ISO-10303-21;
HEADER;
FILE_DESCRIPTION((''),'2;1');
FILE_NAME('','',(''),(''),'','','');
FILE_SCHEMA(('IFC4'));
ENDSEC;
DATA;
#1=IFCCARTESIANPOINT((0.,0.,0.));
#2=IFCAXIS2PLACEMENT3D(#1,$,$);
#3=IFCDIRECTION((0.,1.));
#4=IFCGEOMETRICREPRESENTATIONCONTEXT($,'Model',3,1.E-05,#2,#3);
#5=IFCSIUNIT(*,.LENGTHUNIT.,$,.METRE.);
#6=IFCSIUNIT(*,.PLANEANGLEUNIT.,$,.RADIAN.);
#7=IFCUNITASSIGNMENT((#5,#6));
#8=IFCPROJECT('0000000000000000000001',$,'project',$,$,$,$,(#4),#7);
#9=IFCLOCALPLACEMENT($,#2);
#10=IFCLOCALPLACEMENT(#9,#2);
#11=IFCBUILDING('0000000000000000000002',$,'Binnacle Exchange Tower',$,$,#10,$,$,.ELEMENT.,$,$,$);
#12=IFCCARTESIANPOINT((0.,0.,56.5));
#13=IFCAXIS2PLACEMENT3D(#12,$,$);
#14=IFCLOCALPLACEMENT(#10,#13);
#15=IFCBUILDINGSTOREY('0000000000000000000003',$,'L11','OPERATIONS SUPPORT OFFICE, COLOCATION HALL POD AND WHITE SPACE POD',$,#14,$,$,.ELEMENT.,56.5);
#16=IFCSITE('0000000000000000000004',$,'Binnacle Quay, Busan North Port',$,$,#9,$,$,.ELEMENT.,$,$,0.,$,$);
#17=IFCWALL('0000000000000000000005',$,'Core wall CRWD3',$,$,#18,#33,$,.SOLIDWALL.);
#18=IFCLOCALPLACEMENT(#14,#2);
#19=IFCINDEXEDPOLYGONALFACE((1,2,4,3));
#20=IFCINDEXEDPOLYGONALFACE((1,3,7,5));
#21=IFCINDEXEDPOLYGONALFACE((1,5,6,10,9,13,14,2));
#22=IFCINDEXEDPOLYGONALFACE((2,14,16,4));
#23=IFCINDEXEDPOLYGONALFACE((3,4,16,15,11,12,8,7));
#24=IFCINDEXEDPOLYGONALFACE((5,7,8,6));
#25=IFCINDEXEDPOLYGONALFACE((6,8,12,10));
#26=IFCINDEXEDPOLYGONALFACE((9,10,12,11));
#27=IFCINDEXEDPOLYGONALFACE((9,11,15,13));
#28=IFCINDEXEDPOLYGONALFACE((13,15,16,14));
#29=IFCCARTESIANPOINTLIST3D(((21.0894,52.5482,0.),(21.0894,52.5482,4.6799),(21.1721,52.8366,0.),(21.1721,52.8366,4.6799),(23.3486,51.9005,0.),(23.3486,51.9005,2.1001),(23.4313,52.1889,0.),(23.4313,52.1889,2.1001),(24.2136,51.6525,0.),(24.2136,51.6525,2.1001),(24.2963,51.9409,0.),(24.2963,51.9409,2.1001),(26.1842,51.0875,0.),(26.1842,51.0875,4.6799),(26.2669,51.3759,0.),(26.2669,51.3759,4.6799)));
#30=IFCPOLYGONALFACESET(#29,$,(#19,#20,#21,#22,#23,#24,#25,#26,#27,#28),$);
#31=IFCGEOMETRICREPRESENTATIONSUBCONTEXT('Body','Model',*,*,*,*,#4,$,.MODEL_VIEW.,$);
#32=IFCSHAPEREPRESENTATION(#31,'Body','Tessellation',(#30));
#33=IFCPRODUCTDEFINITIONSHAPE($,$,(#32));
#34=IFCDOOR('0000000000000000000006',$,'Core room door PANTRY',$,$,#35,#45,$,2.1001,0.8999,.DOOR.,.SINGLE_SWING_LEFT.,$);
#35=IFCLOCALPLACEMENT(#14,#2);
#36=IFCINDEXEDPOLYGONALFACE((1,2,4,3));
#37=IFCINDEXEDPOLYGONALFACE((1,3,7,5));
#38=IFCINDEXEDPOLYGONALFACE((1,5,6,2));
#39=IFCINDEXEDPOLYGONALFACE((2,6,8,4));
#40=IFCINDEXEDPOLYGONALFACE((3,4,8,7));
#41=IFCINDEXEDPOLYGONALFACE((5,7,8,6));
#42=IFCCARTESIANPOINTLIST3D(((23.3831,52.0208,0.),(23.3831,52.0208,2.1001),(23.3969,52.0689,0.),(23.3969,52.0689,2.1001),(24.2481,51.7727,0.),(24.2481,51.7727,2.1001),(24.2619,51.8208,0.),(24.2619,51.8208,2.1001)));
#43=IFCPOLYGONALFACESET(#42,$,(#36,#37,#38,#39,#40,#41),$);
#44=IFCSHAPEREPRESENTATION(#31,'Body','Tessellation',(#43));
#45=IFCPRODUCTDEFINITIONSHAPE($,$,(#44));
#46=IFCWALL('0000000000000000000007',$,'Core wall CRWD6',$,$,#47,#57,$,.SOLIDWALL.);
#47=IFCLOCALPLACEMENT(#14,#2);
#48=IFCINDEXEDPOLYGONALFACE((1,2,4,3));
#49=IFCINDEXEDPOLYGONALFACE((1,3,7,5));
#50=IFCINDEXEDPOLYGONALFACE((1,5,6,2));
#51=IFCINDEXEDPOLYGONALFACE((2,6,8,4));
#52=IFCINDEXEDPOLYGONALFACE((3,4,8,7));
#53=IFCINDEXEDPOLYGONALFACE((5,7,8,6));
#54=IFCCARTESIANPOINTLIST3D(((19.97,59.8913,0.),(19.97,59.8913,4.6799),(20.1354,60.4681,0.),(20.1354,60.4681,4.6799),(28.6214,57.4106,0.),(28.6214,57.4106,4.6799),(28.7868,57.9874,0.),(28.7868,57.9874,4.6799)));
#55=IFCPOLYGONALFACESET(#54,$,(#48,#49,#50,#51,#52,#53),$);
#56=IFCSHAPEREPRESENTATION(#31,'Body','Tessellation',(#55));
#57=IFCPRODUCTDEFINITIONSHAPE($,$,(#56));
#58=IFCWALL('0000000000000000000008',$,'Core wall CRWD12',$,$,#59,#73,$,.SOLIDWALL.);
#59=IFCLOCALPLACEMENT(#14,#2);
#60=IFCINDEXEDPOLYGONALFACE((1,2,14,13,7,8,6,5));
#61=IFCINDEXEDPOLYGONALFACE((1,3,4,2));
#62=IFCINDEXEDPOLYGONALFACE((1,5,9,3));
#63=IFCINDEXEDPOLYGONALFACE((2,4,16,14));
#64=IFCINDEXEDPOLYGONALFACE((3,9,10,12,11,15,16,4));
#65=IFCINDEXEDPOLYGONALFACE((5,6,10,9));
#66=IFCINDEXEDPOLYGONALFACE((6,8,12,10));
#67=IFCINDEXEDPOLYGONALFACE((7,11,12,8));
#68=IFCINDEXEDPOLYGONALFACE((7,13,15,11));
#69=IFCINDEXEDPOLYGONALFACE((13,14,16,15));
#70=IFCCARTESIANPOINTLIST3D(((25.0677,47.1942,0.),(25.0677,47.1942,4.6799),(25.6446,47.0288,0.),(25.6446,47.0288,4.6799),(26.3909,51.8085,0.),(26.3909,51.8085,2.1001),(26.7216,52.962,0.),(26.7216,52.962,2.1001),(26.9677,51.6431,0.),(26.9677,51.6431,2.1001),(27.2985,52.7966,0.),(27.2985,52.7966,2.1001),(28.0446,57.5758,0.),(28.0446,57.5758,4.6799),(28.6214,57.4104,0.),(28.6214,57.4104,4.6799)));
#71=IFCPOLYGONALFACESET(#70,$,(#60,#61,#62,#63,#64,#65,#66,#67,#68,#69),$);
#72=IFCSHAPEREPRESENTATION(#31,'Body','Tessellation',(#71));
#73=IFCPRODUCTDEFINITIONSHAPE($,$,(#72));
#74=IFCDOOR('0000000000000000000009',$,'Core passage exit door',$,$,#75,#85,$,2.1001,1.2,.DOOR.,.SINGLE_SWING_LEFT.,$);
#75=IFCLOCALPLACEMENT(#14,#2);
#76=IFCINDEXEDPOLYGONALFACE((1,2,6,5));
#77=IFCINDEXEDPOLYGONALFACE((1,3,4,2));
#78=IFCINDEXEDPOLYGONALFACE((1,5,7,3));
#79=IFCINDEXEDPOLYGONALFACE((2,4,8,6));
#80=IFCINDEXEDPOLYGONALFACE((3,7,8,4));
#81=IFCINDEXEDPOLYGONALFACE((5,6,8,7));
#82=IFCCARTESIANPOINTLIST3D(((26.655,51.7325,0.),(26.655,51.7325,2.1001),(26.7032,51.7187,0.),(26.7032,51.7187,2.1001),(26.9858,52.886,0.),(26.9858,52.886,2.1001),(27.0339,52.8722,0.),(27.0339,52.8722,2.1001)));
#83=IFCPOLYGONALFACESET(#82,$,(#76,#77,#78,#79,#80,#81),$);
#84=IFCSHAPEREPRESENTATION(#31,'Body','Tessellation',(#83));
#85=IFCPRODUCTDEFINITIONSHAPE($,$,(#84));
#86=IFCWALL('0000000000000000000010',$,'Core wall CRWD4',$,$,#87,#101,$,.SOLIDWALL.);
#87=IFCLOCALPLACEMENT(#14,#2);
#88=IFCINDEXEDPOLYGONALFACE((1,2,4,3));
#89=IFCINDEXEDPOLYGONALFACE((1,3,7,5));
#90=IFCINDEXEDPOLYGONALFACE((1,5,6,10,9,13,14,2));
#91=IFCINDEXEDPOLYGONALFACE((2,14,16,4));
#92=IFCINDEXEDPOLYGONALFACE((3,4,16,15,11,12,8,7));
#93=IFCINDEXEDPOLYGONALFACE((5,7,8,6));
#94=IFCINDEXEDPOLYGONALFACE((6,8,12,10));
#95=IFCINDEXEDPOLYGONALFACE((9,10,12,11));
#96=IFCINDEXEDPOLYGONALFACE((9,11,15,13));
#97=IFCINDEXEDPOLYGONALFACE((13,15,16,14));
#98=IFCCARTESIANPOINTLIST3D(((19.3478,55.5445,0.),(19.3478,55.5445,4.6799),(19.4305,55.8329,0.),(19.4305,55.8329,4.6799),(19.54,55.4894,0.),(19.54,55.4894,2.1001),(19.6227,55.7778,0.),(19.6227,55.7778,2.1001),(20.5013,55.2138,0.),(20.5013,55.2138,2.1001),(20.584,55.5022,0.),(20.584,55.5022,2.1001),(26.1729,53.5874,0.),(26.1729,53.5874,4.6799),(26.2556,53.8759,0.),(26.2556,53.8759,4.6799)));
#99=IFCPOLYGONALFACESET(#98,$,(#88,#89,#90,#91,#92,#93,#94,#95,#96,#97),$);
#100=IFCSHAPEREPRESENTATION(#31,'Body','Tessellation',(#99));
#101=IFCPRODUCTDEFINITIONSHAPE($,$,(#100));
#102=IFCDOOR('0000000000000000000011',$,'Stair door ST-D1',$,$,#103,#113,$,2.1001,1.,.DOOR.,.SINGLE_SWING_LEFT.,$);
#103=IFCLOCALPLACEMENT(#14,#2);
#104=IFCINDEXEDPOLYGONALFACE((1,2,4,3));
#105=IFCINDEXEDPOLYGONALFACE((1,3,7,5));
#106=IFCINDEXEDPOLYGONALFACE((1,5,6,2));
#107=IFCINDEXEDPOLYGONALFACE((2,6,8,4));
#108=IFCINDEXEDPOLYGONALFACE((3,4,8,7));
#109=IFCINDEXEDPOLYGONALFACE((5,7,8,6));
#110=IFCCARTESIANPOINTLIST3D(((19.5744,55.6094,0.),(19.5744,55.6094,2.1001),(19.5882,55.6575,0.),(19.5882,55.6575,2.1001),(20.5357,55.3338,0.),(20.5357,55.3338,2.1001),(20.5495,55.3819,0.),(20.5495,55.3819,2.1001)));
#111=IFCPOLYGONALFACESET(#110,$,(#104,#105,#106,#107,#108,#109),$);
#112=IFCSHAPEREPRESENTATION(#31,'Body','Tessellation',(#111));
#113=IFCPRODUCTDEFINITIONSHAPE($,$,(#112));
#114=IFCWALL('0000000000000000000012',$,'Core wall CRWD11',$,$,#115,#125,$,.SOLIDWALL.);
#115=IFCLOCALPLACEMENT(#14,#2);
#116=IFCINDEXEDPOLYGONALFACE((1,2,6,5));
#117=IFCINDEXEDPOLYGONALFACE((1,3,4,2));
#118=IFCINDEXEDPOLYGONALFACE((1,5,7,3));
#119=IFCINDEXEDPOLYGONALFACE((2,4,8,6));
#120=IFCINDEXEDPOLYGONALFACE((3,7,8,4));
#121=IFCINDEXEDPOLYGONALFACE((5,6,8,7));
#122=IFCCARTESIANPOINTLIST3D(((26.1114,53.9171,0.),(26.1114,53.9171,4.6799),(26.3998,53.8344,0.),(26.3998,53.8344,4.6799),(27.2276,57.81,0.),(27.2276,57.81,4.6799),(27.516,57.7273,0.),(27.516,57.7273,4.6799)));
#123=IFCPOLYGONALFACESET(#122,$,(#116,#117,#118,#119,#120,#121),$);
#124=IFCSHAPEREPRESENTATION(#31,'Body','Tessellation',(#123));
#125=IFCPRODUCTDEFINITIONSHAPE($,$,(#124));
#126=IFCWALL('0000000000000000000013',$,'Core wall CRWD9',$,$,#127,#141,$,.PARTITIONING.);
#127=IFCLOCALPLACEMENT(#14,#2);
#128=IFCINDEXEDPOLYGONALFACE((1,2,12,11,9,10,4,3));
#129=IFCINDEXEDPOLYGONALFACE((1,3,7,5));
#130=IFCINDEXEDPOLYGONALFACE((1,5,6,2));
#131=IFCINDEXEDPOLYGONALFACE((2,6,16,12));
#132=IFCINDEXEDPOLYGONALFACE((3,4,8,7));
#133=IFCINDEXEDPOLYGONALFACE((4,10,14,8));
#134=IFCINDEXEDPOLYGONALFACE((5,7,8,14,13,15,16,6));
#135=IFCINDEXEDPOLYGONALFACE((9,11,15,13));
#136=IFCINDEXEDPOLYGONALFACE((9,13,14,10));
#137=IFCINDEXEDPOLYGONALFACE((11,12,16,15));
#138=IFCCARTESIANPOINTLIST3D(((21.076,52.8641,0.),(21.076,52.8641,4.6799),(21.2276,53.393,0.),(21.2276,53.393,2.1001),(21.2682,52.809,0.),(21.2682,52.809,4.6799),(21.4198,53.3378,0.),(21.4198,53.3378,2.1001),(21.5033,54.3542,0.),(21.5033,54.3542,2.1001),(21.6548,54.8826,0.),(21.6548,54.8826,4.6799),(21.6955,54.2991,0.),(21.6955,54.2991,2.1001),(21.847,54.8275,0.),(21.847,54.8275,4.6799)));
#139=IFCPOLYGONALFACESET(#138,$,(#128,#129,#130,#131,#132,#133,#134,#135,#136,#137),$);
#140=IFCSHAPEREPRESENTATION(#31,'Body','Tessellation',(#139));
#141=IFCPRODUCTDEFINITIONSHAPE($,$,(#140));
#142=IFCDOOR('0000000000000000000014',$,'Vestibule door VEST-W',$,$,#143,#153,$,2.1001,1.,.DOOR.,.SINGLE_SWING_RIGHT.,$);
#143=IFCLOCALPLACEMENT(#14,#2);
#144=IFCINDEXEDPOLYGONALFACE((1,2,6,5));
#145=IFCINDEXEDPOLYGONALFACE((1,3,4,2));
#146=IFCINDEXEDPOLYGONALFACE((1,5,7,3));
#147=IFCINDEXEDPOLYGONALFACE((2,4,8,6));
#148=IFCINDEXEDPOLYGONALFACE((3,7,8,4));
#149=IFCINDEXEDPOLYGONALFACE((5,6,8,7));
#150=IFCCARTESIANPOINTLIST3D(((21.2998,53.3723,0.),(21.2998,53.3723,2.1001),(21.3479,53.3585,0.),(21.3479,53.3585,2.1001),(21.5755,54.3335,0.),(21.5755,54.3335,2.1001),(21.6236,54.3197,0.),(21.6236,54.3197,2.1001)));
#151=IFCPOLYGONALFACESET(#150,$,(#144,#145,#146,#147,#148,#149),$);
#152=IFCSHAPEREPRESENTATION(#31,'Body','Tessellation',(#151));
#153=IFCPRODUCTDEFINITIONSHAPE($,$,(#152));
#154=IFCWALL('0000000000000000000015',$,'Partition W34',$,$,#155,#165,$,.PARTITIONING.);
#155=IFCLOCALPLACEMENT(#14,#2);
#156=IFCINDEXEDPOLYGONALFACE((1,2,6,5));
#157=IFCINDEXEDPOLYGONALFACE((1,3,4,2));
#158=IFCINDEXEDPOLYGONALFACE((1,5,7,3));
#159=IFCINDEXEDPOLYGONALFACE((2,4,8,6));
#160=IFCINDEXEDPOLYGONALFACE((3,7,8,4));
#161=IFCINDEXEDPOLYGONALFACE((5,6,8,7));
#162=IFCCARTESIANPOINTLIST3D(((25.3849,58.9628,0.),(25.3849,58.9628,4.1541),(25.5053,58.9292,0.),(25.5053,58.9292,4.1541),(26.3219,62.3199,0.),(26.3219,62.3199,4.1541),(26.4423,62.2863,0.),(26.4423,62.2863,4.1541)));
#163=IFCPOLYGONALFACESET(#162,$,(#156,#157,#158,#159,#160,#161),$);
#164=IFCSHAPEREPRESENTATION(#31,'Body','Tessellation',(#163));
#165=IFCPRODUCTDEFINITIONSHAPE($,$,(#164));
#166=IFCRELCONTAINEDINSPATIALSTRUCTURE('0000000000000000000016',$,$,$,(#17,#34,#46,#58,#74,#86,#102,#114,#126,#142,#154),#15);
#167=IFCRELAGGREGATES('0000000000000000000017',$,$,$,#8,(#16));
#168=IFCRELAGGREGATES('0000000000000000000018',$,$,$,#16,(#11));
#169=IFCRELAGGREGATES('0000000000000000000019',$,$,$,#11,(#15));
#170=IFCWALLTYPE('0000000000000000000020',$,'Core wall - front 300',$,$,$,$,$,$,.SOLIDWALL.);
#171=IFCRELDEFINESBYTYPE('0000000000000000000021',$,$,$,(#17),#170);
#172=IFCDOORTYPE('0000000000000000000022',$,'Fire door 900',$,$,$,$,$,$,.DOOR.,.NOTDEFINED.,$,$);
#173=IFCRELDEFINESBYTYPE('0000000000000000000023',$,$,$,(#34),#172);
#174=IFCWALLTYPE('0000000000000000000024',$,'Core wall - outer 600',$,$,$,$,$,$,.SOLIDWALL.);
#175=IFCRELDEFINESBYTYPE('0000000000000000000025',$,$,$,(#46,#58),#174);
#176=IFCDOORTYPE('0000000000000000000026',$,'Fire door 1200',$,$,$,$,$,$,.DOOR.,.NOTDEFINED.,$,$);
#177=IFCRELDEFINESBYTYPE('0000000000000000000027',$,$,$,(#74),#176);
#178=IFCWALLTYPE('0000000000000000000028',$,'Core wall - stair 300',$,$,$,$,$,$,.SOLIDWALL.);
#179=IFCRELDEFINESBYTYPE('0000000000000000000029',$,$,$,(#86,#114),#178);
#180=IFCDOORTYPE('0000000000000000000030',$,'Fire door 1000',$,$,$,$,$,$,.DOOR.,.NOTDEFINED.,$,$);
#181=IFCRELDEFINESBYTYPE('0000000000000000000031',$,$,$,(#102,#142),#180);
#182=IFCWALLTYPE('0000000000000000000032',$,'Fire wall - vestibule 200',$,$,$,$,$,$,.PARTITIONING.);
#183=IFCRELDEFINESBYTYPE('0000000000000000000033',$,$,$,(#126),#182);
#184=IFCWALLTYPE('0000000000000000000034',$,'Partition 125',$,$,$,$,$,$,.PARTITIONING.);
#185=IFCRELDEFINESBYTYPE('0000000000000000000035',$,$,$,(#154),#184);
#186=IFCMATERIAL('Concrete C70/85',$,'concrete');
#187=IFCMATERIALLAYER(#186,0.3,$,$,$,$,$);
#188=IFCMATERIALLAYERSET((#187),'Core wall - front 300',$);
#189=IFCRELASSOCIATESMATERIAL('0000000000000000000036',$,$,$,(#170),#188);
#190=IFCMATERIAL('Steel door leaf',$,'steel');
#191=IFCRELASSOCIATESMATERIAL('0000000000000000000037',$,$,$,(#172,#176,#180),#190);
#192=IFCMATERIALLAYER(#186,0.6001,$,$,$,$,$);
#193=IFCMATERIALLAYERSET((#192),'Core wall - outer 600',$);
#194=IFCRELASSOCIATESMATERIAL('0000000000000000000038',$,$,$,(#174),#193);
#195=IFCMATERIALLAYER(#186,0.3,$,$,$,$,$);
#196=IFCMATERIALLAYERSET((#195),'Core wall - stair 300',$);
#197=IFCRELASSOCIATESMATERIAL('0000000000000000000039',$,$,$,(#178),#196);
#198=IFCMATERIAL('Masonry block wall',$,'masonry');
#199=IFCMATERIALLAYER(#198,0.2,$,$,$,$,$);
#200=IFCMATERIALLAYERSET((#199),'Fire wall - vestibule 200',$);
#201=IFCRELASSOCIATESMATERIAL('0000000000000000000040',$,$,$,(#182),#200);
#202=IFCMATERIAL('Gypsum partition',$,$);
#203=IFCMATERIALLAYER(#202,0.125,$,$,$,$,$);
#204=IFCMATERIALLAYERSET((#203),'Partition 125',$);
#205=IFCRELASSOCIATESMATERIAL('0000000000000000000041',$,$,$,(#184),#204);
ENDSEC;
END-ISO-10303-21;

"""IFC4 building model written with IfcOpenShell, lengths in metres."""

from ifc_helpers import new_model, si_unit, direction, frame, frame_2d, origin, place, context, subcontext, project, spatial, rectangle, extrude, material, layer, layer_set, type_object, element, fill, save


model = new_model("IFC4")

# Units and contexts
model_context = context("Model", 3, precision=1e-05, world=origin(), true_north=direction((0.0, 1.0)))
body_context = subcontext(model_context, "Body", "Model", "MODEL_VIEW")
ifc_project = project(units=[si_unit("LENGTHUNIT", "METRE"), si_unit("PLANEANGLEUNIT", "RADIAN")], contexts=[model_context])

# Site, building, storey
site_placement = place(None, origin())
site = spatial("IfcSite", under=ifc_project, at=site_placement, Name="Binnacle Quay, Busan North Port", CompositionType="ELEMENT", RefElevation=0.0)
building_placement = place(site_placement, origin())
building = spatial("IfcBuilding", under=site, at=building_placement, Name="Binnacle Exchange Tower", CompositionType="ELEMENT")
storey_placement = place(building_placement, frame((0.0, 0.0, 56.5)))
storey = spatial("IfcBuildingStorey", under=building, at=storey_placement, Name="L11", Description="OPERATIONS SUPPORT OFFICE, COLOCATION HALL POD AND WHITE SPACE POD", CompositionType="ELEMENT", Elevation=56.5)

# Shared definitions
ifc_material_1 = material(Name="Concrete C70/85", Category="concrete")

# Wall, opening, door
ifc_layer_1 = layer(ifc_material_1, 0.3)
ifc_layer_set_1 = layer_set([ifc_layer_1], Name="Core wall - front 300")
wall_type_1 = type_object("IfcWallType", Name="Core wall - front 300", PredefinedType="SOLIDWALL", material=ifc_layer_set_1)
wall_1_placement = place(storey_placement, frame((21.1309, 52.6924, 0.0), z_axis=(0.0, 0.0, 1.0), x_axis=(0.961271, -0.275603, 0.0)))
wall_1 = element("IfcWall", 1, at=wall_1_placement, inside=storey, type_object=wall_type_1, Name="Core wall CRWD3", PredefinedType="SOLIDWALL", context=body_context, shape_type="SweptSolid", body=[
    extrude(rectangle(XDim=5.3, YDim=0.3, at=frame_2d((2.6499, 0.0))), origin(), (0.0, 0.0, 1.0), 4.6799),
])
opening_1_placement = place(wall_1_placement, frame((2.3501, 0.0, 0.0)))
opening_1 = element("IfcOpeningElement", 2, at=opening_1_placement, cuts=wall_1, PredefinedType="OPENING", context=body_context, shape_type="SweptSolid", body=[
    extrude(rectangle(XDim=0.8999, YDim=2.1001, at=frame_2d((0.45, 1.05))), frame((0.0, 0.1599, 0.0), z_axis=(0.0, -1.0, 0.0), x_axis=(1.0, 0.0, 0.0)), (0.0, 0.0, 1.0), 0.3201),
])
ifc_material_2 = material(Name="Steel door leaf", Category="steel")
door_type_1 = type_object("IfcDoorType", Name="Fire door 900", OperationType="NOTDEFINED", PredefinedType="DOOR", material=ifc_material_2)
door_1_placement = place(opening_1_placement, frame((0.8999, 0.0, 0.0), z_axis=(0.0, 0.0, 1.0), x_axis=(-1.0, 0.0, 0.0)))
door_1 = element("IfcDoor", 3, at=door_1_placement, inside=storey, type_object=door_type_1, Name="Core room door PANTRY", OperationType="SINGLE_SWING_LEFT", OverallHeight=2.1001, OverallWidth=0.8999, PredefinedType="DOOR", context=body_context, shape_type="SweptSolid", body=[
    extrude(rectangle(XDim=0.8999, YDim=2.1001, at=frame_2d((0.45, 1.05))), frame((0.0, 0.0249, 0.0), z_axis=(0.0, -1.0, 0.0), x_axis=(1.0, 0.0, 0.0)), (0.0, 0.0, 1.0), 0.05),
])
fill(opening_1, door_1)

# Wall
ifc_layer_2 = layer(ifc_material_1, 0.6001)
ifc_layer_set_2 = layer_set([ifc_layer_2], Name="Core wall - outer 600")
wall_type_2 = type_object("IfcWallType", Name="Core wall - outer 600", PredefinedType="SOLIDWALL", material=ifc_layer_set_2)
wall_2_placement = place(storey_placement, frame((20.0527, 60.1797, 0.0), z_axis=(0.0, 0.0, 1.0), x_axis=(0.961262, -0.275635, 0.0)))
element("IfcWall", 4, at=wall_2_placement, inside=storey, type_object=wall_type_2, Name="Core wall CRWD6", PredefinedType="SOLIDWALL", context=body_context, shape_type="SweptSolid", body=[
    extrude(rectangle(XDim=9.0, YDim=0.6001, at=frame_2d((4.5, 0.0))), origin(), (0.0, 0.0, 1.0), 4.6799),
])

# Walls, openings, doors
wall_3_placement = place(storey_placement, frame((25.3562, 47.1116, 0.0), z_axis=(0.0, 0.0, 1.0), x_axis=(0.275632, 0.961263, 0.0)))
wall_3 = element("IfcWall", 5, at=wall_3_placement, inside=storey, type_object=wall_type_2, Name="Core wall CRWD12", PredefinedType="SOLIDWALL", context=body_context, shape_type="SweptSolid", body=[
    extrude(rectangle(XDim=10.8, YDim=0.6001, at=frame_2d((5.3999, 0.0))), origin(), (0.0, 0.0, 1.0), 4.6799),
])
opening_2_placement = place(wall_3_placement, frame((4.8, 0.0, 0.0)))
opening_2 = element("IfcOpeningElement", 6, at=opening_2_placement, cuts=wall_3, PredefinedType="OPENING", context=body_context, shape_type="SweptSolid", body=[
    extrude(rectangle(XDim=1.2, YDim=2.1001, at=frame_2d((0.6001, 1.05))), frame((0.0, 0.3101, 0.0), z_axis=(0.0, -1.0, 0.0), x_axis=(1.0, 0.0, 0.0)), (0.0, 0.0, 1.0), 0.6201),
])
door_type_2 = type_object("IfcDoorType", Name="Fire door 1200", OperationType="NOTDEFINED", PredefinedType="DOOR", material=ifc_material_2)
door_2_placement = place(opening_2_placement, frame((1.2, 0.0, 0.0), z_axis=(0.0, 0.0, 1.0), x_axis=(-1.0, 0.0, 0.0)))
door_2 = element("IfcDoor", 7, at=door_2_placement, inside=storey, type_object=door_type_2, Name="Core passage exit door", OperationType="SINGLE_SWING_LEFT", OverallHeight=2.1001, OverallWidth=1.2, PredefinedType="DOOR", context=body_context, shape_type="SweptSolid", body=[
    extrude(rectangle(XDim=1.2, YDim=2.1001, at=frame_2d((0.6001, 1.05))), frame((0.0, 0.0249, 0.0), z_axis=(0.0, -1.0, 0.0), x_axis=(1.0, 0.0, 0.0)), (0.0, 0.0, 1.0), 0.05),
])
fill(opening_2, door_2)
ifc_layer_3 = layer(ifc_material_1, 0.3)
ifc_layer_set_3 = layer_set([ifc_layer_3], Name="Core wall - stair 300")
wall_type_3 = type_object("IfcWallType", Name="Core wall - stair 300", PredefinedType="SOLIDWALL", material=ifc_layer_set_3)
wall_4_placement = place(storey_placement, frame((19.3892, 55.6887, 0.0), z_axis=(0.0, 0.0, 1.0), x_axis=(0.961261, -0.275638, 0.0)))
wall_4 = element("IfcWall", 8, at=wall_4_placement, inside=storey, type_object=wall_type_3, Name="Core wall CRWD4", PredefinedType="SOLIDWALL", context=body_context, shape_type="SweptSolid", body=[
    extrude(rectangle(XDim=7.1001, YDim=0.3, at=frame_2d((3.55, 0.0))), origin(), (0.0, 0.0, 1.0), 4.6799),
])
opening_3_placement = place(wall_4_placement, frame((0.2, 0.0, 0.0)))
opening_3 = element("IfcOpeningElement", 9, at=opening_3_placement, cuts=wall_4, PredefinedType="OPENING", context=body_context, shape_type="SweptSolid", body=[
    extrude(rectangle(XDim=1.0, YDim=2.1001, at=frame_2d((0.5, 1.05))), frame((0.0, 0.1599, 0.0), z_axis=(0.0, -1.0, 0.0), x_axis=(1.0, 0.0, 0.0)), (0.0, 0.0, 1.0), 0.3201),
])
door_type_3 = type_object("IfcDoorType", Name="Fire door 1000", OperationType="NOTDEFINED", PredefinedType="DOOR", material=ifc_material_2)
door_3_placement = place(opening_3_placement, origin())
door_3 = element("IfcDoor", 10, at=door_3_placement, inside=storey, type_object=door_type_3, Name="Stair door ST-D1", OperationType="SINGLE_SWING_LEFT", OverallHeight=2.1001, OverallWidth=1.0, PredefinedType="DOOR", context=body_context, shape_type="SweptSolid", body=[
    extrude(rectangle(XDim=1.0, YDim=2.1001, at=frame_2d((0.5, 1.05))), frame((0.0, 0.0249, 0.0), z_axis=(0.0, -1.0, 0.0), x_axis=(1.0, 0.0, 0.0)), (0.0, 0.0, 1.0), 0.05),
])
fill(opening_3, door_3)

# Wall
wall_5_placement = place(storey_placement, frame((26.2556, 53.8757, 0.0), z_axis=(0.0, 0.0, 1.0), x_axis=(0.275613, 0.961269, 0.0)))
element("IfcWall", 11, at=wall_5_placement, inside=storey, type_object=wall_type_3, Name="Core wall CRWD11", PredefinedType="SOLIDWALL", context=body_context, shape_type="SweptSolid", body=[
    extrude(rectangle(XDim=4.0498, YDim=0.3, at=frame_2d((2.0249, 0.0))), origin(), (0.0, 0.0, 1.0), 4.6799),
])

# Wall, opening, door
ifc_material_3 = material(Name="Masonry block wall", Category="masonry")
ifc_layer_4 = layer(ifc_material_3, 0.2)
ifc_layer_set_4 = layer_set([ifc_layer_4], Name="Fire wall - vestibule 200")
wall_type_4 = type_object("IfcWallType", Name="Fire wall - vestibule 200", PredefinedType="PARTITIONING", material=ifc_layer_set_4)
wall_6_placement = place(storey_placement, frame((21.1721, 52.8367, 0.0), z_axis=(0.0, 0.0, 1.0), x_axis=(0.275658, 0.961256, 0.0)))
wall_6 = element("IfcWall", 12, at=wall_6_placement, inside=storey, type_object=wall_type_4, Name="Core wall CRWD9", PredefinedType="PARTITIONING", context=body_context, shape_type="SweptSolid", body=[
    extrude(rectangle(XDim=2.0999, YDim=0.2, at=frame_2d((1.0498, 0.0))), origin(), (0.0, 0.0, 1.0), 4.6799),
])
opening_4_placement = place(wall_6_placement, frame((0.55, 0.0, 0.0)))
opening_4 = element("IfcOpeningElement", 13, at=opening_4_placement, cuts=wall_6, PredefinedType="OPENING", context=body_context, shape_type="SweptSolid", body=[
    extrude(rectangle(XDim=1.0, YDim=2.1001, at=frame_2d((0.5, 1.05))), frame((0.0, 0.1099, 0.0), z_axis=(0.0, -1.0, 0.0), x_axis=(1.0, 0.0, 0.0)), (0.0, 0.0, 1.0), 0.22),
])
door_4_placement = place(opening_4_placement, origin())
door_4 = element("IfcDoor", 14, at=door_4_placement, inside=storey, type_object=door_type_3, Name="Vestibule door VEST-W", OperationType="SINGLE_SWING_RIGHT", OverallHeight=2.1001, OverallWidth=1.0, PredefinedType="DOOR", context=body_context, shape_type="SweptSolid", body=[
    extrude(rectangle(XDim=1.0, YDim=2.1001, at=frame_2d((0.5, 1.05))), frame((0.0, 0.0249, 0.0), z_axis=(0.0, -1.0, 0.0), x_axis=(1.0, 0.0, 0.0)), (0.0, 0.0, 1.0), 0.05),
])
fill(opening_4, door_4)

# Wall
ifc_material_4 = material(Name="Gypsum partition")
ifc_layer_5 = layer(ifc_material_4, 0.125)
ifc_layer_set_5 = layer_set([ifc_layer_5], Name="Partition 125")
wall_type_5 = type_object("IfcWallType", Name="Partition 125", PredefinedType="PARTITIONING", material=ifc_layer_set_5)
wall_7_placement = place(storey_placement, frame((25.4451, 58.946, 0.0), z_axis=(0.0, 0.0, 1.0), x_axis=(0.26885, 0.963182, 0.0)))
element("IfcWall", 15, at=wall_7_placement, inside=storey, type_object=wall_type_5, Name="Partition W34", PredefinedType="PARTITIONING", context=body_context, shape_type="SweptSolid", body=[
    extrude(rectangle(XDim=3.4854, YDim=0.125, at=frame_2d((1.7427, 0.0))), origin(), (0.0, 0.0, 1.0), 4.1541),
])

save(model, "model.ifc")
